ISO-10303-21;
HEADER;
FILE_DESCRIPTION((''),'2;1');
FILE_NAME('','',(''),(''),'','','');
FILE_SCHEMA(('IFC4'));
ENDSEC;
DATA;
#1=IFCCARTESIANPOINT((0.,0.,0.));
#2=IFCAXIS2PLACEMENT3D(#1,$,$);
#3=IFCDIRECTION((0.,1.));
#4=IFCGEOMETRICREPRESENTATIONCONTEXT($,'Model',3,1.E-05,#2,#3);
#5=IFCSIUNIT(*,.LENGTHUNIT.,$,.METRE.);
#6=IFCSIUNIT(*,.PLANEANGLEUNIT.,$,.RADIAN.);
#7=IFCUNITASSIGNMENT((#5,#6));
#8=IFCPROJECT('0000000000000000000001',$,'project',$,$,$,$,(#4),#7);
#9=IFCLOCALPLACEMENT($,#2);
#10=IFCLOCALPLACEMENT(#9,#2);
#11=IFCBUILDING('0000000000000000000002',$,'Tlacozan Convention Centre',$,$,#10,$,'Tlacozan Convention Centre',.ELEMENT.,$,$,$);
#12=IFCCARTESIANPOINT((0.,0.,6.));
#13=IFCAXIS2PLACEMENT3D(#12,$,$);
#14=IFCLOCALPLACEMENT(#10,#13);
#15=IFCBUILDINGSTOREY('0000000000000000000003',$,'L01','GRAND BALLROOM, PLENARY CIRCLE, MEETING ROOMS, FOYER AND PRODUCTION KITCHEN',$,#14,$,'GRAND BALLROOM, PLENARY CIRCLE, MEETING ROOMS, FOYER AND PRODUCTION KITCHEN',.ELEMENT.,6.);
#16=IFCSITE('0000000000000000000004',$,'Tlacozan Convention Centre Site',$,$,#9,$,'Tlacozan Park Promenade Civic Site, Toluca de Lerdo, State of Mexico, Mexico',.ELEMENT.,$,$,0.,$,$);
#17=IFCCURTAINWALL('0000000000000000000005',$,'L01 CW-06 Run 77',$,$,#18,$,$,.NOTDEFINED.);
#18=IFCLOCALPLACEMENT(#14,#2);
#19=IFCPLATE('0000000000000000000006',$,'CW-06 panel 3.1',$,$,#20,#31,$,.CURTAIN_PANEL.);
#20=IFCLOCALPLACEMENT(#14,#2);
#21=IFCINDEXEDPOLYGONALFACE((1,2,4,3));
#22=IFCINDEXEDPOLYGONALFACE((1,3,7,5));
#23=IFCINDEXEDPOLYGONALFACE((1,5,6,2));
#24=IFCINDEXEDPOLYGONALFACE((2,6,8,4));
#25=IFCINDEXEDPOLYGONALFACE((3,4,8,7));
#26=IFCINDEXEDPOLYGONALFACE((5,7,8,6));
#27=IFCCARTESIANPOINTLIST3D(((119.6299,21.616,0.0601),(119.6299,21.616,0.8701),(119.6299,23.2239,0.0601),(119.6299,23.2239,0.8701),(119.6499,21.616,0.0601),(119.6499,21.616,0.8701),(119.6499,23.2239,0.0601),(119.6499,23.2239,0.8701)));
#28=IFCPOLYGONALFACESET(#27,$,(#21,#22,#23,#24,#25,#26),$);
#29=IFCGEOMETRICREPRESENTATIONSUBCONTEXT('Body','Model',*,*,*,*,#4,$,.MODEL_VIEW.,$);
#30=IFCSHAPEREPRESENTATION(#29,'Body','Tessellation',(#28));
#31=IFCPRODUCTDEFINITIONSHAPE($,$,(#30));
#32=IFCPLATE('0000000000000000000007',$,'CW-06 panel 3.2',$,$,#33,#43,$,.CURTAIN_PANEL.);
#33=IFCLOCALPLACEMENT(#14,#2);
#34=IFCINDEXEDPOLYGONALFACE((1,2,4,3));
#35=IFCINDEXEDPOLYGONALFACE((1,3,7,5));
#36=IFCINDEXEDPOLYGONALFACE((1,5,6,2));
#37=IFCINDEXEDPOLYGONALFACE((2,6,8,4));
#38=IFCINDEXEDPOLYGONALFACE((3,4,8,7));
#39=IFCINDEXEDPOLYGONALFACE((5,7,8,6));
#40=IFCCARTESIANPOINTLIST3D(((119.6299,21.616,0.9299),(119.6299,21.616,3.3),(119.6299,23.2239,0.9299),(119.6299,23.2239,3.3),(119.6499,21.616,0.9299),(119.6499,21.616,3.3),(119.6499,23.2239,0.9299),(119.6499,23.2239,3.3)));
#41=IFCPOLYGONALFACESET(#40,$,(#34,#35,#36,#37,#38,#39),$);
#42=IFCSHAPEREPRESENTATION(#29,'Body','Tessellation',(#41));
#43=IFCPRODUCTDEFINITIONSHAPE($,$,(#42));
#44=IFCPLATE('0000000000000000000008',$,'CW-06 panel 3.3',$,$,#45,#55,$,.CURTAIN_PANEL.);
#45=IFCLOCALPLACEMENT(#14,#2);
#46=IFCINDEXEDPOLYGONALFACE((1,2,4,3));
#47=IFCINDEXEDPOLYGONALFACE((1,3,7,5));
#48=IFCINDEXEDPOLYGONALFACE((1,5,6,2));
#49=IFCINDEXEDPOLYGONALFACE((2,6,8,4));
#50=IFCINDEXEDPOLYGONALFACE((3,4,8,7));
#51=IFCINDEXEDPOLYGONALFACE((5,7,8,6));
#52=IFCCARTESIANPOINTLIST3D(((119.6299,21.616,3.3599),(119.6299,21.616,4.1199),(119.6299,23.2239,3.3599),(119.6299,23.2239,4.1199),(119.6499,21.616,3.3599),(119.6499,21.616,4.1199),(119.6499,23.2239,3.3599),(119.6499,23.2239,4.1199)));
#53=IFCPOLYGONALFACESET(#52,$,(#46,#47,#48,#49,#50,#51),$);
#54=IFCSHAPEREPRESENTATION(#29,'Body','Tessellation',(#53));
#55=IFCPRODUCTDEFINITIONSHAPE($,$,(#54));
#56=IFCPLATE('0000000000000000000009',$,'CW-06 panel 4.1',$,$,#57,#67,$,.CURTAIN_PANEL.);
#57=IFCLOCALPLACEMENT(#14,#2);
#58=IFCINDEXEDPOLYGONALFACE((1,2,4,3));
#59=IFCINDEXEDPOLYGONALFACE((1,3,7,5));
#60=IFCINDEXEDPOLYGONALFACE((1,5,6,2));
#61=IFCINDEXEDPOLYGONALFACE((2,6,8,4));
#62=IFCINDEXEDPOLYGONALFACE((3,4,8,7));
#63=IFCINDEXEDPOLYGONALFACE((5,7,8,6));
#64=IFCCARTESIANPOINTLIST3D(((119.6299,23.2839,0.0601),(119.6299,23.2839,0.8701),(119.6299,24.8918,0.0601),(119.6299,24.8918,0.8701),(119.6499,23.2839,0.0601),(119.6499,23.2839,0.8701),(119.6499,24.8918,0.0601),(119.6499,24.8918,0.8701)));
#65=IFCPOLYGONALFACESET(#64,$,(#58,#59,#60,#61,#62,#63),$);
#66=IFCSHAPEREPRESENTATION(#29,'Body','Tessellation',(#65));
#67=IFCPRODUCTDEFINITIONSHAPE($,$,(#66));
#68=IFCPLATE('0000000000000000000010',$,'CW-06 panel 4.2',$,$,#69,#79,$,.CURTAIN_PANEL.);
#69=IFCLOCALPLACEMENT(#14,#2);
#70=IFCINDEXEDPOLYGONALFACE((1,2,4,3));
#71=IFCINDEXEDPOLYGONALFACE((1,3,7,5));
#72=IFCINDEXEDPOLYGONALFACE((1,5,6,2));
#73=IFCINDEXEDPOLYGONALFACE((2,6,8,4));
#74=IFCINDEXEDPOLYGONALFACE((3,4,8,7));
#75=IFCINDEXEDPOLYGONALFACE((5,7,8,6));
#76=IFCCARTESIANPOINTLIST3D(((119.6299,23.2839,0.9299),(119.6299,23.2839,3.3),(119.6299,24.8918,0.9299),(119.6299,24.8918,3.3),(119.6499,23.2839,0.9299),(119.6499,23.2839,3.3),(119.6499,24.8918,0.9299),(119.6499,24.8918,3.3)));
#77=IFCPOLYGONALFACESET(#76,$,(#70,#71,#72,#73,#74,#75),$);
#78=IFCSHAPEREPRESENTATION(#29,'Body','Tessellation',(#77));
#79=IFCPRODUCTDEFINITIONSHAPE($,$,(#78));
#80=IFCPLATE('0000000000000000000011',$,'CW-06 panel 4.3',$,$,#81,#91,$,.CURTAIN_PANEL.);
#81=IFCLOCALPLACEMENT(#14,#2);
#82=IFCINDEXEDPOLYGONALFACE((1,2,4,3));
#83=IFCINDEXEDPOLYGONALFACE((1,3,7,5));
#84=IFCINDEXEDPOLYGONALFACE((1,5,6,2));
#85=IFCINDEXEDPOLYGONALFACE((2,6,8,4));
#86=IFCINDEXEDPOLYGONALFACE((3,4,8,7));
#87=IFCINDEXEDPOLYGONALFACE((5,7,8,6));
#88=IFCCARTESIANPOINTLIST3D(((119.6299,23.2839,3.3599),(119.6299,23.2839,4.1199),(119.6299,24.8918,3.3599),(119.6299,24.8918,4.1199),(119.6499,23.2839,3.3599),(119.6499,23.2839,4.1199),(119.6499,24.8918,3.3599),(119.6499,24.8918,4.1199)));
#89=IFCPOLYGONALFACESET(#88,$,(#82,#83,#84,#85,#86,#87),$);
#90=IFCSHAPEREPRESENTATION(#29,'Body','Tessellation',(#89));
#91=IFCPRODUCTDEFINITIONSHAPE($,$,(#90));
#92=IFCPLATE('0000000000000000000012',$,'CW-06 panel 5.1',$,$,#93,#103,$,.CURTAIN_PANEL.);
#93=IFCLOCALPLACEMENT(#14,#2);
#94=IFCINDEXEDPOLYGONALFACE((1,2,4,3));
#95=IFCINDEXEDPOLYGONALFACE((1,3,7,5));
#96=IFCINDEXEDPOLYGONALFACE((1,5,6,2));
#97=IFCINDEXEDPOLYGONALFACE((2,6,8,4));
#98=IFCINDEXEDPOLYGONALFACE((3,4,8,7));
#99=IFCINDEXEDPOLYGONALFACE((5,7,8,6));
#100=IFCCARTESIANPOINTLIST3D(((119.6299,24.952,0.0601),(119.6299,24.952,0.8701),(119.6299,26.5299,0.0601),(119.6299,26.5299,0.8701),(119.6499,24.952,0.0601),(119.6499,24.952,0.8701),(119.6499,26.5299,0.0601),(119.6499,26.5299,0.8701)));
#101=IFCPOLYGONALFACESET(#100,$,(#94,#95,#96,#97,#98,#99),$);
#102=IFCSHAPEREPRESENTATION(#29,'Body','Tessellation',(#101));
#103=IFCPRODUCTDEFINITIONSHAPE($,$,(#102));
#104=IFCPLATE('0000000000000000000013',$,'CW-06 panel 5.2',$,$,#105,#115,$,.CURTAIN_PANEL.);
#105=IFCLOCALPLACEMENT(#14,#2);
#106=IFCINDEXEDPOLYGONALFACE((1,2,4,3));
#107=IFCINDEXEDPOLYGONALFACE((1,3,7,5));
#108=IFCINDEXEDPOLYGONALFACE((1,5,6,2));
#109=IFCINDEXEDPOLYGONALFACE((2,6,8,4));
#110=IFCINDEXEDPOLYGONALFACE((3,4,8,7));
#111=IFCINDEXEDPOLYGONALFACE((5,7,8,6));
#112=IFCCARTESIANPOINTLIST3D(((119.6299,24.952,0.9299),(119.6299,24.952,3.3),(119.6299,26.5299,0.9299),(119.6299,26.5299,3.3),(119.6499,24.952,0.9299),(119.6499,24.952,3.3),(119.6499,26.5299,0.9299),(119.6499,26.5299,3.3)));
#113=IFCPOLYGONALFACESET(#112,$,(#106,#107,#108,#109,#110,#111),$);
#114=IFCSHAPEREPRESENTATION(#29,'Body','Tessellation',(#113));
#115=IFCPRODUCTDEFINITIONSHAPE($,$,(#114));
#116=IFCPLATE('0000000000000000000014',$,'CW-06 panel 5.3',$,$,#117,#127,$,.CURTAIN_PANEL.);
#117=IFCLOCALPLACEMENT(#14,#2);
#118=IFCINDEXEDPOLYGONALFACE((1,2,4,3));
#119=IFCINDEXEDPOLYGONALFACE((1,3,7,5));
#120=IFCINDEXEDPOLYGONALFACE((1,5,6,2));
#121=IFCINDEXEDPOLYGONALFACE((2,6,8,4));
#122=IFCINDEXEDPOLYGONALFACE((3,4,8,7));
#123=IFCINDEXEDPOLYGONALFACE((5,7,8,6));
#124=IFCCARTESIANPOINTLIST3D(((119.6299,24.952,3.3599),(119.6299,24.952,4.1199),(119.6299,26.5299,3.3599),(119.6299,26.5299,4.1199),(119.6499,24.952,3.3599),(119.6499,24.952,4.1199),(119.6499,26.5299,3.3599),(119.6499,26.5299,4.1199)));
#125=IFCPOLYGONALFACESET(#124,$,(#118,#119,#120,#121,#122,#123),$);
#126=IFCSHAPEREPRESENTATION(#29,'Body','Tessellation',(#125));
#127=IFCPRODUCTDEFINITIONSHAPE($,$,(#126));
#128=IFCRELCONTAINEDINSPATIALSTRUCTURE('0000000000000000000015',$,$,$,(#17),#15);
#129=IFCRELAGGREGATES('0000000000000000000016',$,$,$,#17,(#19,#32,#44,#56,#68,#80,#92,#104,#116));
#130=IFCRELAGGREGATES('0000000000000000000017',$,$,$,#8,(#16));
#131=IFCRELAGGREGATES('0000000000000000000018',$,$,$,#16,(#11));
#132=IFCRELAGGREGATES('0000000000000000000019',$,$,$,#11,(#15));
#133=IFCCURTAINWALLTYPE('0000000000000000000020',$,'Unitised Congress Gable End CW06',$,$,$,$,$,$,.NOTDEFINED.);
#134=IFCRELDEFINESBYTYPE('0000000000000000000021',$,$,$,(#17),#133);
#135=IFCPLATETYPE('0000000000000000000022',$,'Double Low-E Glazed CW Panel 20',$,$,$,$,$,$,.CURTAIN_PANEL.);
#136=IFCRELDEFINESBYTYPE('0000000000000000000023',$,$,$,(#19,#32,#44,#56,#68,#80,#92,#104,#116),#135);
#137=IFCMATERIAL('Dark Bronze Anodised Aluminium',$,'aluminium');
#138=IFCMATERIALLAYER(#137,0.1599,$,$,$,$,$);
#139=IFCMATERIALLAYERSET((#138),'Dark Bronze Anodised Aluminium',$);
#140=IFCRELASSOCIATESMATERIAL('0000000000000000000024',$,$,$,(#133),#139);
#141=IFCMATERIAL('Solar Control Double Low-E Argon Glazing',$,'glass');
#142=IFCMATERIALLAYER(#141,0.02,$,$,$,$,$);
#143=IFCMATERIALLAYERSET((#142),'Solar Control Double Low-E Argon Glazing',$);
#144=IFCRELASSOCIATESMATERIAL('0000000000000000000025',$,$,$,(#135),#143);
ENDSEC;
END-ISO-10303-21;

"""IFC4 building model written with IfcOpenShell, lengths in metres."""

from ifc_helpers import new_model, si_unit, direction, frame, origin, origin_2d, place, context, subcontext, project, spatial, rectangle, extrude, material, layer, layer_set, type_object, element, aggregate, save


model = new_model("IFC4")

# Units and contexts
model_context = context("Model", 3, precision=1e-05, world=origin(), true_north=direction((0.0, 1.0)))
body_context = subcontext(model_context, "Body", "Model", "MODEL_VIEW")
ifc_project = project(units=[si_unit("LENGTHUNIT", "METRE"), si_unit("PLANEANGLEUNIT", "RADIAN")], contexts=[model_context])

# Site, building, storey
site_placement = place(None, origin())
site = spatial("IfcSite", under=ifc_project, at=site_placement, Name="Tlacozan Convention Centre Site", LongName="Tlacozan Park Promenade Civic Site, Toluca de Lerdo, State of Mexico, Mexico", CompositionType="ELEMENT", RefElevation=0.0)
building_placement = place(site_placement, origin())
building = spatial("IfcBuilding", under=site, at=building_placement, Name="Tlacozan Convention Centre", LongName="Tlacozan Convention Centre", CompositionType="ELEMENT")
storey_placement = place(building_placement, frame((0.0, 0.0, 6.0)))
storey = spatial("IfcBuildingStorey", under=building, at=storey_placement, Name="L01", Description="GRAND BALLROOM, PLENARY CIRCLE, MEETING ROOMS, FOYER AND PRODUCTION KITCHEN", LongName="GRAND BALLROOM, PLENARY CIRCLE, MEETING ROOMS, FOYER AND PRODUCTION KITCHEN", CompositionType="ELEMENT", Elevation=6.0)

# Curtain wall, plates
ifc_material_1 = material(Name="Dark Bronze Anodised Aluminium", Category="aluminium")
ifc_layer_1 = layer(ifc_material_1, 0.1599)
ifc_layer_set_1 = layer_set([ifc_layer_1], Name="Dark Bronze Anodised Aluminium")
curtain_wall_type = type_object("IfcCurtainWallType", Name="Unitised Congress Gable End CW06", PredefinedType="NOTDEFINED", material=ifc_layer_set_1)
curtain_wall_placement = place(storey_placement, origin())
curtain_wall = element("IfcCurtainWall", 1, at=curtain_wall_placement, inside=storey, type_object=curtain_wall_type, Name="L01 CW-06 Run 77", PredefinedType="NOTDEFINED")
ifc_material_2 = material(Name="Solar Control Double Low-E Argon Glazing", Category="glass")
ifc_layer_2 = layer(ifc_material_2, 0.02)
ifc_layer_set_2 = layer_set([ifc_layer_2], Name="Solar Control Double Low-E Argon Glazing")
plate_type = type_object("IfcPlateType", Name="Double Low-E Glazed CW Panel 20", PredefinedType="CURTAIN_PANEL", material=ifc_layer_set_2)
plate_1_placement = place(storey_placement, frame((119.6399, 22.4199, 0.0601), z_axis=(0.0, 0.0, 1.0), x_axis=(0.0, 1.0, 0.0)))
plate_1 = element("IfcPlate", 2, at=plate_1_placement, type_object=plate_type, Name="CW-06 panel 3.1", PredefinedType="CURTAIN_PANEL", context=body_context, shape_type="SweptSolid", body=[
    extrude(rectangle(XDim=1.6079, YDim=0.02, at=origin_2d()), origin(), (0.0, 0.0, 1.0), 0.8101),
])
plate_2_placement = place(storey_placement, frame((119.6399, 22.4199, 0.9299), z_axis=(0.0, 0.0, 1.0), x_axis=(0.0, 1.0, 0.0)))
plate_2 = element("IfcPlate", 3, at=plate_2_placement, type_object=plate_type, Name="CW-06 panel 3.2", PredefinedType="CURTAIN_PANEL", context=body_context, shape_type="SweptSolid", body=[
    extrude(rectangle(XDim=1.6079, YDim=0.02, at=origin_2d()), origin(), (0.0, 0.0, 1.0), 2.3701),
])
plate_3_placement = place(storey_placement, frame((119.6399, 22.4199, 3.3599), z_axis=(0.0, 0.0, 1.0), x_axis=(0.0, 1.0, 0.0)))
plate_3 = element("IfcPlate", 4, at=plate_3_placement, type_object=plate_type, Name="CW-06 panel 3.3", PredefinedType="CURTAIN_PANEL", context=body_context, shape_type="SweptSolid", body=[
    extrude(rectangle(XDim=1.6079, YDim=0.02, at=origin_2d()), origin(), (0.0, 0.0, 1.0), 0.76),
])
plate_4_placement = place(storey_placement, frame((119.6399, 24.0879, 0.0601), z_axis=(0.0, 0.0, 1.0), x_axis=(0.0, 1.0, 0.0)))
plate_4 = element("IfcPlate", 5, at=plate_4_placement, type_object=plate_type, Name="CW-06 panel 4.1", PredefinedType="CURTAIN_PANEL", context=body_context, shape_type="SweptSolid", body=[
    extrude(rectangle(XDim=1.6079, YDim=0.02, at=origin_2d()), origin(), (0.0, 0.0, 1.0), 0.8101),
])
plate_5_placement = place(storey_placement, frame((119.6399, 24.0879, 0.9299), z_axis=(0.0, 0.0, 1.0), x_axis=(0.0, 1.0, 0.0)))
plate_5 = element("IfcPlate", 6, at=plate_5_placement, type_object=plate_type, Name="CW-06 panel 4.2", PredefinedType="CURTAIN_PANEL", context=body_context, shape_type="SweptSolid", body=[
    extrude(rectangle(XDim=1.6079, YDim=0.02, at=origin_2d()), origin(), (0.0, 0.0, 1.0), 2.3701),
])
plate_6_placement = place(storey_placement, frame((119.6399, 24.0879, 3.3599), z_axis=(0.0, 0.0, 1.0), x_axis=(0.0, 1.0, 0.0)))
plate_6 = element("IfcPlate", 7, at=plate_6_placement, type_object=plate_type, Name="CW-06 panel 4.3", PredefinedType="CURTAIN_PANEL", context=body_context, shape_type="SweptSolid", body=[
    extrude(rectangle(XDim=1.6079, YDim=0.02, at=origin_2d()), origin(), (0.0, 0.0, 1.0), 0.76),
])
plate_7_placement = place(storey_placement, frame((119.6399, 25.741, 0.0601), z_axis=(0.0, 0.0, 1.0), x_axis=(0.0, 1.0, 0.0)))
plate_7 = element("IfcPlate", 8, at=plate_7_placement, type_object=plate_type, Name="CW-06 panel 5.1", PredefinedType="CURTAIN_PANEL", context=body_context, shape_type="SweptSolid", body=[
    extrude(rectangle(XDim=1.5779, YDim=0.02, at=origin_2d()), origin(), (0.0, 0.0, 1.0), 0.8101),
])
plate_8_placement = place(storey_placement, frame((119.6399, 25.741, 0.9299), z_axis=(0.0, 0.0, 1.0), x_axis=(0.0, 1.0, 0.0)))
plate_8 = element("IfcPlate", 9, at=plate_8_placement, type_object=plate_type, Name="CW-06 panel 5.2", PredefinedType="CURTAIN_PANEL", context=body_context, shape_type="SweptSolid", body=[
    extrude(rectangle(XDim=1.5779, YDim=0.02, at=origin_2d()), origin(), (0.0, 0.0, 1.0), 2.3701),
])
plate_9_placement = place(storey_placement, frame((119.6399, 25.741, 3.3599), z_axis=(0.0, 0.0, 1.0), x_axis=(0.0, 1.0, 0.0)))
plate_9 = element("IfcPlate", 10, at=plate_9_placement, type_object=plate_type, Name="CW-06 panel 5.3", PredefinedType="CURTAIN_PANEL", context=body_context, shape_type="SweptSolid", body=[
    extrude(rectangle(XDim=1.5779, YDim=0.02, at=origin_2d()), origin(), (0.0, 0.0, 1.0), 0.76),
])
aggregate(curtain_wall, [plate_1, plate_2, plate_3, plate_4, plate_5, plate_6, plate_7, plate_8, plate_9])

save(model, "model.ifc")
